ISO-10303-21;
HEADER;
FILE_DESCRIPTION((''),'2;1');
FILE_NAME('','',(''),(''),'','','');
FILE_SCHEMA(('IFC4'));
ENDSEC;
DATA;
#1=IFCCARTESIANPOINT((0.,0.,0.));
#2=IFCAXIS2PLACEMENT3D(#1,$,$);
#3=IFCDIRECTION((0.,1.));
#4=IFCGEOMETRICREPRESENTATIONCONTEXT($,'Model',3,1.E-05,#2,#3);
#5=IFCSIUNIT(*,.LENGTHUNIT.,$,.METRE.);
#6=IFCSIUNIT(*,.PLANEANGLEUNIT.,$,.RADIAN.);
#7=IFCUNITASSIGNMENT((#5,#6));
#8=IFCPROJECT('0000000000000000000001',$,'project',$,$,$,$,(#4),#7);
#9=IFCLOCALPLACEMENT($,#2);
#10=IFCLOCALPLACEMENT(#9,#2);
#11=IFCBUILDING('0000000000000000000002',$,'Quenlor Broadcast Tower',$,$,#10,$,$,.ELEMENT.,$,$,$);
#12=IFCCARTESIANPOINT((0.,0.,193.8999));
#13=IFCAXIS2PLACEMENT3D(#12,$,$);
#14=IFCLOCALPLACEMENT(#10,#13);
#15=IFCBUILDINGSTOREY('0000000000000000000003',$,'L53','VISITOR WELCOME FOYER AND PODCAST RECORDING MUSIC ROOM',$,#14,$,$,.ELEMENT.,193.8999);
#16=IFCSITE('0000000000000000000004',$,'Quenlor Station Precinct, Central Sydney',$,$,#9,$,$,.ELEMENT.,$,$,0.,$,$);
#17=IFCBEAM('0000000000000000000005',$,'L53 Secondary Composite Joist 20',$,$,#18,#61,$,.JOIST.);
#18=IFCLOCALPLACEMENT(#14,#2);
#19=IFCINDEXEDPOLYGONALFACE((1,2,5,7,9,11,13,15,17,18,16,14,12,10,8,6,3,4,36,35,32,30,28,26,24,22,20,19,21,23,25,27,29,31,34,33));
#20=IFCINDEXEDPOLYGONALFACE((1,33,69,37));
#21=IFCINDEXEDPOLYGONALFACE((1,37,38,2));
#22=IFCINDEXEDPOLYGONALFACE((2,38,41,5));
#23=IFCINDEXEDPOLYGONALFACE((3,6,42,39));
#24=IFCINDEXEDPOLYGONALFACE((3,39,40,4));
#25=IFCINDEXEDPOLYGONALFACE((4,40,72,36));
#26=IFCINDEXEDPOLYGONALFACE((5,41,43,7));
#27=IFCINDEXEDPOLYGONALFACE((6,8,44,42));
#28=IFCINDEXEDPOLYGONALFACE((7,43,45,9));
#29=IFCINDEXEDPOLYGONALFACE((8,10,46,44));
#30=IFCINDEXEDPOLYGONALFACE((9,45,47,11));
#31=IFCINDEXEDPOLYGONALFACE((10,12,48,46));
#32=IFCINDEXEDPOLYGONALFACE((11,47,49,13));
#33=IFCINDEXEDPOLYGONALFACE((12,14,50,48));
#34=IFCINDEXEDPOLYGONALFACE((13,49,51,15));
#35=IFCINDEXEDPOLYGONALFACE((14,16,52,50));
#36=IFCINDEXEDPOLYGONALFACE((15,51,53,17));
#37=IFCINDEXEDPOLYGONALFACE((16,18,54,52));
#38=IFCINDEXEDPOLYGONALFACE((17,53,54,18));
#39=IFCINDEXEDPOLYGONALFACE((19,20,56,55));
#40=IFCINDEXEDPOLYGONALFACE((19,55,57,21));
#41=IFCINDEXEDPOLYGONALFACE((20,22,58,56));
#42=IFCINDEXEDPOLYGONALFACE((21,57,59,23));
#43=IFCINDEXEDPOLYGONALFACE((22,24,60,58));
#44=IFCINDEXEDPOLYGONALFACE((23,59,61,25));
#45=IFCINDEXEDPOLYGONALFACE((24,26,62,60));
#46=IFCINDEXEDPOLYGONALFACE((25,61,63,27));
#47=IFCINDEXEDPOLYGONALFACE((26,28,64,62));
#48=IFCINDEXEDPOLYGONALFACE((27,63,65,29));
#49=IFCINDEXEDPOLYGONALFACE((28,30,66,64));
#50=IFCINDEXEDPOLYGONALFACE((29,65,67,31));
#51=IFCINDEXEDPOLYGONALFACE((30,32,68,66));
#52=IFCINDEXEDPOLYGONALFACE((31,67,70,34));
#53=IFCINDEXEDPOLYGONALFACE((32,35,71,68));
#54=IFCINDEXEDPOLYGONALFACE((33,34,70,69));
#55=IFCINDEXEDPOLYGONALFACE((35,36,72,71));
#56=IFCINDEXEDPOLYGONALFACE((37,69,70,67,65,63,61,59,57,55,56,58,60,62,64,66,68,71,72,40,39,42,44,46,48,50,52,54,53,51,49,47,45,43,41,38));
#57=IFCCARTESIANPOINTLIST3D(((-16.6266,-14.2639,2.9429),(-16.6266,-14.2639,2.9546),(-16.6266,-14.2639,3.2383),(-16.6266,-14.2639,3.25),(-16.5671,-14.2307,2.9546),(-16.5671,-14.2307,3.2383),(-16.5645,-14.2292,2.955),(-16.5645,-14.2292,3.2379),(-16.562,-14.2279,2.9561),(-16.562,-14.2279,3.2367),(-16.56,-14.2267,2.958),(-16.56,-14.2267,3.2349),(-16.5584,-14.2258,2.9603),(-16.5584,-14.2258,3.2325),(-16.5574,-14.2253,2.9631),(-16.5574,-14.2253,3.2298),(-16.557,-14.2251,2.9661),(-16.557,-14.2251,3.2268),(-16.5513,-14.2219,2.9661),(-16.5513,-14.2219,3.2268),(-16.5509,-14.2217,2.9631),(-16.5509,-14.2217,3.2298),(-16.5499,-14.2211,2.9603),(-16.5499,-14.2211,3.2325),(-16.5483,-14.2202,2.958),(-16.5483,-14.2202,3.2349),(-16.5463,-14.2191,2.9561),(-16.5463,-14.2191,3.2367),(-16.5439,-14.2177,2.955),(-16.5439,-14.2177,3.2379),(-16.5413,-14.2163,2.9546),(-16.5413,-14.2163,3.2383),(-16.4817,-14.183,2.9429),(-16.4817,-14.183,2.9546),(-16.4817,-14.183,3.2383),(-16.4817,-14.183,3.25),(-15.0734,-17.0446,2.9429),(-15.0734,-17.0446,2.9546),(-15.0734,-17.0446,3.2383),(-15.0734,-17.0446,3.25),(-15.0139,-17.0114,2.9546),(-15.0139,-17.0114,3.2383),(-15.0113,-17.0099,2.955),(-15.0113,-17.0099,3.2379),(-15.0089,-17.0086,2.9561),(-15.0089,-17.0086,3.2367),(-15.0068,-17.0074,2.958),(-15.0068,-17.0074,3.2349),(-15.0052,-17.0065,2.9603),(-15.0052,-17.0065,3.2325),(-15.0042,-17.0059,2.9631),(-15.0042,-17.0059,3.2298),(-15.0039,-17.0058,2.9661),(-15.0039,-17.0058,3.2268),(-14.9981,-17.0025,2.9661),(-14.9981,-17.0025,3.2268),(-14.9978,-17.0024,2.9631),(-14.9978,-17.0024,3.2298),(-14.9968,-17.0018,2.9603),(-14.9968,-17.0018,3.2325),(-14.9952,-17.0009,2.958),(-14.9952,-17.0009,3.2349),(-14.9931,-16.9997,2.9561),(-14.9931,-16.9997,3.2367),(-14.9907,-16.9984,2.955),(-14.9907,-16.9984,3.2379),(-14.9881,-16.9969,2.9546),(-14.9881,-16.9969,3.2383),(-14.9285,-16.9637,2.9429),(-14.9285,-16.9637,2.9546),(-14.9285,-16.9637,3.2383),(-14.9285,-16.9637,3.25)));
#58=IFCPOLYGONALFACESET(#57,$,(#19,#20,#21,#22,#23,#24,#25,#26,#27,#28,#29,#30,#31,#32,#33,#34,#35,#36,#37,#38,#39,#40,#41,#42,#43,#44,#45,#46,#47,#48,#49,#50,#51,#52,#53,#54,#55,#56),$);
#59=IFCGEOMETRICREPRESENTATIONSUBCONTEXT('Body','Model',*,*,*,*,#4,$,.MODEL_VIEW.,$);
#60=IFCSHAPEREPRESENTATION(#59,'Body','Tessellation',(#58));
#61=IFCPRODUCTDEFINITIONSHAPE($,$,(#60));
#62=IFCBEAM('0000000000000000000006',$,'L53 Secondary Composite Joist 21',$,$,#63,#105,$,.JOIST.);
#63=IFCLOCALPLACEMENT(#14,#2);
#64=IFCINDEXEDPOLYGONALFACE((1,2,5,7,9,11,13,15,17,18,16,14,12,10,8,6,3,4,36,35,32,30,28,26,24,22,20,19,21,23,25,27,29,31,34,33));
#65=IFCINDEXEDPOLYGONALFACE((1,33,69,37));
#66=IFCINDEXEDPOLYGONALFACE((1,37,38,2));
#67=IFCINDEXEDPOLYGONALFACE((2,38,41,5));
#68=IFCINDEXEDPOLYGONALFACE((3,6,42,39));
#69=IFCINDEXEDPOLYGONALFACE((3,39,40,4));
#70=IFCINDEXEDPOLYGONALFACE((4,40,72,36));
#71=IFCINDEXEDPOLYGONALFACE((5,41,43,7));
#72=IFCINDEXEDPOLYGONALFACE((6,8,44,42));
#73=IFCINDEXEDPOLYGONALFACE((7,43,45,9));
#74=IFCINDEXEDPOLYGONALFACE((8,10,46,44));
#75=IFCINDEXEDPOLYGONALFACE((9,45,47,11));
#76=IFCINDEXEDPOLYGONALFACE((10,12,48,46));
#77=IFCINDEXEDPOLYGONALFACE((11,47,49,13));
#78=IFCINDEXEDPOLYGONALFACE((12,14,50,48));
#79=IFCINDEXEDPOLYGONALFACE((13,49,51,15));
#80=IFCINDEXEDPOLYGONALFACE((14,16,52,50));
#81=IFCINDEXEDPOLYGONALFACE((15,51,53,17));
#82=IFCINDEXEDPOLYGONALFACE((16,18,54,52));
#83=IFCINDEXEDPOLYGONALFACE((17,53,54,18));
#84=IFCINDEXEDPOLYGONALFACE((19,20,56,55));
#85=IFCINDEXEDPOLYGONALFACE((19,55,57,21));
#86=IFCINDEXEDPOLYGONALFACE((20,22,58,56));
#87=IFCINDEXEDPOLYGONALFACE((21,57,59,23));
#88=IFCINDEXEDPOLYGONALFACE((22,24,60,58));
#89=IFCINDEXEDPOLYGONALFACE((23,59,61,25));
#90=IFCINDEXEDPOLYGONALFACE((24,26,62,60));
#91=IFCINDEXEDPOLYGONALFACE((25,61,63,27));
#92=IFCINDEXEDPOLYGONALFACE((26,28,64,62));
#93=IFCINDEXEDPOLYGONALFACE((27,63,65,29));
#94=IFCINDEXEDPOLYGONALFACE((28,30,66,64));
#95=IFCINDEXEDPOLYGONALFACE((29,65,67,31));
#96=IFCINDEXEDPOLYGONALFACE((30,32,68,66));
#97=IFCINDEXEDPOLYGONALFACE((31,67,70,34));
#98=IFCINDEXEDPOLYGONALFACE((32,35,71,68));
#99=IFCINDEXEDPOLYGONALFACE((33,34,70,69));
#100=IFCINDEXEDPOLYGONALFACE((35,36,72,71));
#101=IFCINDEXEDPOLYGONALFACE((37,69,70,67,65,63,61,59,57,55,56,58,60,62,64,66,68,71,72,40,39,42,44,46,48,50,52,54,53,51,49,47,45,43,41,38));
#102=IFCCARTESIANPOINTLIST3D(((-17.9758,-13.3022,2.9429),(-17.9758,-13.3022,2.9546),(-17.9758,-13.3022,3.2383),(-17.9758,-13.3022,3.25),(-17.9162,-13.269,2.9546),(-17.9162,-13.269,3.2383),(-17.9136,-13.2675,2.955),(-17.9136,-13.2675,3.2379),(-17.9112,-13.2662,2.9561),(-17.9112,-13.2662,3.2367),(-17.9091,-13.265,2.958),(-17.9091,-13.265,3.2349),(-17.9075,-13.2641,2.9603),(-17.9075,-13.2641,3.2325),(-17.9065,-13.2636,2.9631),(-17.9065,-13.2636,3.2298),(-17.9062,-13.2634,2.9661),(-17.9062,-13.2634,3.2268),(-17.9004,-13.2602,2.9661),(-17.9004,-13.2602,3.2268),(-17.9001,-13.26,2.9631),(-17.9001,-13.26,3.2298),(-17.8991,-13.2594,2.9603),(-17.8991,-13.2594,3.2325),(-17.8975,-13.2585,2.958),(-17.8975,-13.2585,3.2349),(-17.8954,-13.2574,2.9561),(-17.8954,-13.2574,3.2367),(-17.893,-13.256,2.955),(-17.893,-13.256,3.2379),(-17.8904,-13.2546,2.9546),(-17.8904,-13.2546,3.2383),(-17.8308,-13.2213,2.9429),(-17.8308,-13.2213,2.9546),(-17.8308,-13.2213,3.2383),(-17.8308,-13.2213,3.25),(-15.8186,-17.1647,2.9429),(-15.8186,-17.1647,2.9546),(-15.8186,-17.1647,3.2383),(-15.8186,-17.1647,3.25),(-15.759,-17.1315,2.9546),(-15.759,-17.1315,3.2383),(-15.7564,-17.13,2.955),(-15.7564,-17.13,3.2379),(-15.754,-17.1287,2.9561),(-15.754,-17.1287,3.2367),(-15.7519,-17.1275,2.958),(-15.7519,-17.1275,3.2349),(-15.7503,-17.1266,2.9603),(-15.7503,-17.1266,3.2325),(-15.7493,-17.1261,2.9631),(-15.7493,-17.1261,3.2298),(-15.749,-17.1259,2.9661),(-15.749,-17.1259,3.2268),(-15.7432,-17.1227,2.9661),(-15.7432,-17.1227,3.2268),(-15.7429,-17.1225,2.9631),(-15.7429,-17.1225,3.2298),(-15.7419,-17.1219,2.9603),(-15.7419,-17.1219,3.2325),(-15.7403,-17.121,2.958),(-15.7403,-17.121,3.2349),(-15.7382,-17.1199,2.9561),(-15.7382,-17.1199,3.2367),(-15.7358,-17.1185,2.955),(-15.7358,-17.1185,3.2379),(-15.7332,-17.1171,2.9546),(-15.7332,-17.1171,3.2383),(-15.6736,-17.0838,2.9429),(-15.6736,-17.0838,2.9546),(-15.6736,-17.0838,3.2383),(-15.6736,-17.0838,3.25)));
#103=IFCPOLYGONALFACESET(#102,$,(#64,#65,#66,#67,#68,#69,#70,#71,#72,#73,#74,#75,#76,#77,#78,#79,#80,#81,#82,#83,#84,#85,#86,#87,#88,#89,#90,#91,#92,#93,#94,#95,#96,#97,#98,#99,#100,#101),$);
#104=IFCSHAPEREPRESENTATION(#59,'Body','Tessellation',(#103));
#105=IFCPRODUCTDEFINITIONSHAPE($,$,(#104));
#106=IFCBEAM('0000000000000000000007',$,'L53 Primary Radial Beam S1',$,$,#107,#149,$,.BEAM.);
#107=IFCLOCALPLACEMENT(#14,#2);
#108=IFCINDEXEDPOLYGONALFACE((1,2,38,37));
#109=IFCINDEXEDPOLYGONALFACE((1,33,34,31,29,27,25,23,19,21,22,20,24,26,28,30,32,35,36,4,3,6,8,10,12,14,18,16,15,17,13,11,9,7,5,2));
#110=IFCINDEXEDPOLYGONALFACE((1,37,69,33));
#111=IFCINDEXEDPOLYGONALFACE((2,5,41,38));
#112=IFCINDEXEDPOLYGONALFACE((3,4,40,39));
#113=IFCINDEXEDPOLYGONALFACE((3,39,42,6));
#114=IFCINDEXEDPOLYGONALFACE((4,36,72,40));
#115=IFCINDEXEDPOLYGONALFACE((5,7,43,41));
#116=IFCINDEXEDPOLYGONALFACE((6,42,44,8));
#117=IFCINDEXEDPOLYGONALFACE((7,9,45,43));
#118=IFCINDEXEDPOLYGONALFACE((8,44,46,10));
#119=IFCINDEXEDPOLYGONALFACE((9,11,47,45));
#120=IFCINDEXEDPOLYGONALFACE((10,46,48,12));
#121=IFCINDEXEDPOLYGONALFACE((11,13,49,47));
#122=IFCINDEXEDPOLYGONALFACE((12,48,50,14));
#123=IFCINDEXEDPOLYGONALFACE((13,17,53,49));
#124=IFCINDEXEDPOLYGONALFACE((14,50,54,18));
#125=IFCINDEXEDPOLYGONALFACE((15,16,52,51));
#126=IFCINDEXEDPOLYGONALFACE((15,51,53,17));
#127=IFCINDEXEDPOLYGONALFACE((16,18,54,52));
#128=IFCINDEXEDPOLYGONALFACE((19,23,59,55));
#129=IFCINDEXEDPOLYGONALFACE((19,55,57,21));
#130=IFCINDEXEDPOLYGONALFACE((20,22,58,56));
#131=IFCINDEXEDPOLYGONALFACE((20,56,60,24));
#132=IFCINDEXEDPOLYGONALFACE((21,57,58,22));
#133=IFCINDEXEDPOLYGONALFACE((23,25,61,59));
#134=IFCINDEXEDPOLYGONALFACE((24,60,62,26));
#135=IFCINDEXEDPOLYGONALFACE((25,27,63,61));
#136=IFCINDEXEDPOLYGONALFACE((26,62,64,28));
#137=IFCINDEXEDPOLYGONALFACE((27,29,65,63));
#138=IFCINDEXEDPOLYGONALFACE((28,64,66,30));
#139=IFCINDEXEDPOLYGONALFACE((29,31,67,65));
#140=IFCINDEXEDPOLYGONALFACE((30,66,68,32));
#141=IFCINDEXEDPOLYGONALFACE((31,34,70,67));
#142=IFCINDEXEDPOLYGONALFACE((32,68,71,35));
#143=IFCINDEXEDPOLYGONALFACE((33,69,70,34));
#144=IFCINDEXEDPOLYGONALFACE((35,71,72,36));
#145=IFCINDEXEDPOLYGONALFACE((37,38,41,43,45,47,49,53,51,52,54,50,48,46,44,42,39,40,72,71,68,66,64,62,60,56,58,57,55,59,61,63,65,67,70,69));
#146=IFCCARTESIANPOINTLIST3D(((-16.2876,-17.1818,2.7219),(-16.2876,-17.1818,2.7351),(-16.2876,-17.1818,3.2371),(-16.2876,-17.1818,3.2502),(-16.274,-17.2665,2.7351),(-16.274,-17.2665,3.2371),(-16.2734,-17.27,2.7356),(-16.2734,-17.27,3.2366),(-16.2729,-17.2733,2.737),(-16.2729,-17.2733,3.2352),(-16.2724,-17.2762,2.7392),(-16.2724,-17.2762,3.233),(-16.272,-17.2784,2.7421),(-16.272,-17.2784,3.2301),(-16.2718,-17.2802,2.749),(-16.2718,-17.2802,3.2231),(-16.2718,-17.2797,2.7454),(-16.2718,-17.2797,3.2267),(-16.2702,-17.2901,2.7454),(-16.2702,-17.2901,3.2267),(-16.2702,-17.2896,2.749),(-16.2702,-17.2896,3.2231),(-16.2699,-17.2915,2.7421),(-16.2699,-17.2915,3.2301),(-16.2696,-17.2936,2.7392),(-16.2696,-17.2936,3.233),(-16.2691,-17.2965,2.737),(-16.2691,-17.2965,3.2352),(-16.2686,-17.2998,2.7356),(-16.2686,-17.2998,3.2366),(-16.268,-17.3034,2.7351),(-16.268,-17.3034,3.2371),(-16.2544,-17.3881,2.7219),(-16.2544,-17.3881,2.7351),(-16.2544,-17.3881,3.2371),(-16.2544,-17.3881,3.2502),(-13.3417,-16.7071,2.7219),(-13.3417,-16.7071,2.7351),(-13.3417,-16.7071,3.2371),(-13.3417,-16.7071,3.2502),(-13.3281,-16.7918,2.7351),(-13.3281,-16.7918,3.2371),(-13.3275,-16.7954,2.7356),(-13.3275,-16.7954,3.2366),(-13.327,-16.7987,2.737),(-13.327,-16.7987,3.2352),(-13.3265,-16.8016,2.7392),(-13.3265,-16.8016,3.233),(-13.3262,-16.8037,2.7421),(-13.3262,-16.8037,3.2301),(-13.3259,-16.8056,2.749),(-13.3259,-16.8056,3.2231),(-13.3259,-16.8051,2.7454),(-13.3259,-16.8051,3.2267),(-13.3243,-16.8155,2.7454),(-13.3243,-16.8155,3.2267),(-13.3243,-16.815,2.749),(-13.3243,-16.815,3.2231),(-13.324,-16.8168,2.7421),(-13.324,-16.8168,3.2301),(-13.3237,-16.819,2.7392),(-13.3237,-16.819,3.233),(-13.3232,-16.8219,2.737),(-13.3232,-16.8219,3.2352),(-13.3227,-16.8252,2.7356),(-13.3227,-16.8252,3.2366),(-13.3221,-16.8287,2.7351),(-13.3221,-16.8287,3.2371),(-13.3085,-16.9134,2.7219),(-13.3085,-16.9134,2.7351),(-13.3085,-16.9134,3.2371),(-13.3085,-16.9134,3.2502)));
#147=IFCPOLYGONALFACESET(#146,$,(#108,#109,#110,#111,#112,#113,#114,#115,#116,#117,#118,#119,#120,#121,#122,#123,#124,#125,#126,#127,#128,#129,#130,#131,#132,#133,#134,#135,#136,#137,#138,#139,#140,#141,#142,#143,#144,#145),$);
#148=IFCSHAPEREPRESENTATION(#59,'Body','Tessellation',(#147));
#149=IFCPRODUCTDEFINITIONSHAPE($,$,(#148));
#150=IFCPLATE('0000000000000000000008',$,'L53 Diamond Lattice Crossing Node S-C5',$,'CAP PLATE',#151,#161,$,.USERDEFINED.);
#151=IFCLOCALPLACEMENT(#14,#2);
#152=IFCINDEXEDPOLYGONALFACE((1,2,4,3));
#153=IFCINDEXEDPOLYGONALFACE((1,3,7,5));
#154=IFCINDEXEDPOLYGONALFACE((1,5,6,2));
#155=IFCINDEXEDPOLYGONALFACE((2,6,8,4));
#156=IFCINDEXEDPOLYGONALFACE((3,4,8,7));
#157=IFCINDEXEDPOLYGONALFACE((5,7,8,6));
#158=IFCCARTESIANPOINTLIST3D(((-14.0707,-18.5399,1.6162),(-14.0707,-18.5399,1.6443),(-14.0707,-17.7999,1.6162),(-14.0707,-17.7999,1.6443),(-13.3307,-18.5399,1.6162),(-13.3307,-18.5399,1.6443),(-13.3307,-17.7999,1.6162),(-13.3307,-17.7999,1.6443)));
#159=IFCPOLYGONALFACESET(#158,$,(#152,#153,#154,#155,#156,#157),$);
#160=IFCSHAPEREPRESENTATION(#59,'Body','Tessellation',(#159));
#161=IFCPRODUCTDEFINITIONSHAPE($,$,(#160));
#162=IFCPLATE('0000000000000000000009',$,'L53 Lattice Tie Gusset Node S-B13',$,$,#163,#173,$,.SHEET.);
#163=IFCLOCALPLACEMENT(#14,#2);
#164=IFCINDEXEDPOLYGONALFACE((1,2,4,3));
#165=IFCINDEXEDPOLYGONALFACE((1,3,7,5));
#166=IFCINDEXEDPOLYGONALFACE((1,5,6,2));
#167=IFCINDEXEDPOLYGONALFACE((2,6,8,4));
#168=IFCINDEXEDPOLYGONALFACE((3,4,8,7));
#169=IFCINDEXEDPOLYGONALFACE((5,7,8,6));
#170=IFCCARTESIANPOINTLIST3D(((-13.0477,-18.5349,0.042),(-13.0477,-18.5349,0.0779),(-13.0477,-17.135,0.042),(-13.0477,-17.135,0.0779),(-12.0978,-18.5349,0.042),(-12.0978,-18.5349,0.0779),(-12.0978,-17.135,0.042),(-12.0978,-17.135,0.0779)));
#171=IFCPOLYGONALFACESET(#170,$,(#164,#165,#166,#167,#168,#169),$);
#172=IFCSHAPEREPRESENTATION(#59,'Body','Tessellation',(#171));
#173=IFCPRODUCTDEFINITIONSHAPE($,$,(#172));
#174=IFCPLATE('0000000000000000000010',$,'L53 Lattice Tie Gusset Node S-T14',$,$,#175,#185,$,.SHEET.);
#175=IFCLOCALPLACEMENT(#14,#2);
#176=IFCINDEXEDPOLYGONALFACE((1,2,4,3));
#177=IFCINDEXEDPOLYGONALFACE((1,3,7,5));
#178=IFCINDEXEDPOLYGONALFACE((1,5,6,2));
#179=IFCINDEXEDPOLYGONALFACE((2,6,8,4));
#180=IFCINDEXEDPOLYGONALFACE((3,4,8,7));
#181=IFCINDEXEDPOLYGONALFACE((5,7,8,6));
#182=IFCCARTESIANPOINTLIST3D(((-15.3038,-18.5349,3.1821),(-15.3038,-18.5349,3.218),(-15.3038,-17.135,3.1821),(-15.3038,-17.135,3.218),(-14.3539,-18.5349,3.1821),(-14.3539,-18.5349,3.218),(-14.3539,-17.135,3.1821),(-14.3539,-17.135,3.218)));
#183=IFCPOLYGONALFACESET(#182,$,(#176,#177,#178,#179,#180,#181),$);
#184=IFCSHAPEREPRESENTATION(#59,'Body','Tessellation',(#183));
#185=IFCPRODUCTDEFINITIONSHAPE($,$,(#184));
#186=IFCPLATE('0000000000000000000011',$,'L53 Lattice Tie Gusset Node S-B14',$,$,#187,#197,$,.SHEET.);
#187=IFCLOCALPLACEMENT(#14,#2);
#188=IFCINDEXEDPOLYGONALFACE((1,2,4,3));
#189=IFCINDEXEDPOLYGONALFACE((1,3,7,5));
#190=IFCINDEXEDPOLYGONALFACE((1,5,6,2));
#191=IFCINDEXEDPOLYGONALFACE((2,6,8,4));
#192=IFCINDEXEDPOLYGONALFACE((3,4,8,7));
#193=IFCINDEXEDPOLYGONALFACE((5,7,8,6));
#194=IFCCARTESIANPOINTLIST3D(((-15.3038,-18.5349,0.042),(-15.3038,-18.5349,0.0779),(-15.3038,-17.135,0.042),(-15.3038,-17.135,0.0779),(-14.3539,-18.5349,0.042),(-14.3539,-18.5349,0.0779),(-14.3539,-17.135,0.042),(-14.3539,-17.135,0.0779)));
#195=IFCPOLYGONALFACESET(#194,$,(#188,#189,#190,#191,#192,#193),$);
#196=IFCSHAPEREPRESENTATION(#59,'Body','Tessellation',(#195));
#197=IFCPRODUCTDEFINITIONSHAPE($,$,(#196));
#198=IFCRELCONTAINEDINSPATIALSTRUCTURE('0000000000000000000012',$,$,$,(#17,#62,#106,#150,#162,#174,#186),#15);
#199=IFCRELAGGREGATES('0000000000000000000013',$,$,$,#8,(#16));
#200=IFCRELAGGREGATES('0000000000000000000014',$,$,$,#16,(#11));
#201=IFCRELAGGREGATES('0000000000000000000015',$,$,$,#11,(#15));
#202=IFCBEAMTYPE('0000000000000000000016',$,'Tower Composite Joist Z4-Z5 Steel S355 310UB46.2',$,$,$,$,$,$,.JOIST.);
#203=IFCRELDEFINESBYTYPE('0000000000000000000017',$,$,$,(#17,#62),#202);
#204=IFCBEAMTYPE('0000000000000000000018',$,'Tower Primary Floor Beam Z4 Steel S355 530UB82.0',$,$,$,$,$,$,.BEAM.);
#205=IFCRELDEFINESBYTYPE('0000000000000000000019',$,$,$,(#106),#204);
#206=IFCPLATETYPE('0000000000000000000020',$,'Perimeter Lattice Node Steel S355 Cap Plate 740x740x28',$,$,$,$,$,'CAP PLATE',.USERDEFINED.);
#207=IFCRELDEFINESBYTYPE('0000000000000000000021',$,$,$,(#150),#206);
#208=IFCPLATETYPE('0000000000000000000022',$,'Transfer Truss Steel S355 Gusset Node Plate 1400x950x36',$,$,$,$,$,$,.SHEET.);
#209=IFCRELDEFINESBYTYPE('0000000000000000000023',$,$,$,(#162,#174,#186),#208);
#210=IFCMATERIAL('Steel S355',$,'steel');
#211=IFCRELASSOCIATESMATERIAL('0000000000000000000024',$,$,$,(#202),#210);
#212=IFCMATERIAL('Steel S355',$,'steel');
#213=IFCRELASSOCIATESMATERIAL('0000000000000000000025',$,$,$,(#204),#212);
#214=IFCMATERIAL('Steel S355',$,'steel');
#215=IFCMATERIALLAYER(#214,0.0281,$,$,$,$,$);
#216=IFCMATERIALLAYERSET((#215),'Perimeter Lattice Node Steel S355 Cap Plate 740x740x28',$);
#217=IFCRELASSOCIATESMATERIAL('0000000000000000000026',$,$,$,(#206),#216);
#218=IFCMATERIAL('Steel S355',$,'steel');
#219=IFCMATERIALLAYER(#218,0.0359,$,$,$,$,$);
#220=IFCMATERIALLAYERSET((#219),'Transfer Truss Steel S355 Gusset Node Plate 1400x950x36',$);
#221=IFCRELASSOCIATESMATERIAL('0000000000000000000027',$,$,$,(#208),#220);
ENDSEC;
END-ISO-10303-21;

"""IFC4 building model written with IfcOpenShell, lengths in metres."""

from ifc_helpers import new_model, si_unit, direction, frame, origin, origin_2d, place, context, subcontext, project, spatial, rectangle, i_section, extrude, material, layer, layer_set, material_profile, profile_set, type_object, element, save


model = new_model("IFC4")

# Units and contexts
model_context = context("Model", 3, precision=1e-05, world=origin(), true_north=direction((0.0, 1.0)))
body_context = subcontext(model_context, "Body", "Model", "MODEL_VIEW")
ifc_project = project(units=[si_unit("LENGTHUNIT", "METRE"), si_unit("PLANEANGLEUNIT", "RADIAN")], contexts=[model_context])

# Site, building, storey
site_placement = place(None, origin())
site = spatial("IfcSite", under=ifc_project, at=site_placement, Name="Quenlor Station Precinct, Central Sydney", CompositionType="ELEMENT", RefElevation=0.0)
building_placement = place(site_placement, origin())
building = spatial("IfcBuilding", under=site, at=building_placement, Name="Quenlor Broadcast Tower", CompositionType="ELEMENT")
storey_placement = place(building_placement, frame((0.0, 0.0, 193.8999)))
storey = spatial("IfcBuildingStorey", under=building, at=storey_placement, Name="L53", Description="VISITOR WELCOME FOYER AND PODCAST RECORDING MUSIC ROOM", CompositionType="ELEMENT", Elevation=193.8999)

# Beams
ifc_material_1 = material(Name="Steel S355", Category="steel")
ifc_material_profile_1 = material_profile(ifc_material_1, i_section(OverallWidth=0.166, OverallDepth=0.3071, WebThickness=0.0066, FlangeThickness=0.0117, FilletRadius=0.0115, at=origin_2d()))
ifc_profile_set_1 = profile_set([ifc_material_profile_1], Name="Steel S355 310UB46.2")
beam_type_1 = type_object("IfcBeamType", Name="Tower Composite Joist Z4-Z5 Steel S355 310UB46.2", PredefinedType="JOIST", material=ifc_profile_set_1)
beam_1_placement = place(storey_placement, frame((-15.001, -17.0042, 3.0964), z_axis=(-0.487646, 0.873041, 0.0), x_axis=(-0.873041, -0.487646, 0.0)))
element("IfcBeam", 1, at=beam_1_placement, inside=storey, type_object=beam_type_1, Name="L53 Secondary Composite Joist 20", PredefinedType="JOIST", context=body_context, shape_type="SweptSolid", body=[
    extrude(i_section(OverallWidth=0.166, OverallDepth=0.3071, WebThickness=0.0066, FlangeThickness=0.0117, FilletRadius=0.0115, at=origin_2d()), origin(), (0.0, 0.0, 1.0), 3.1851),
])
beam_2_placement = place(storey_placement, frame((-15.7461, -17.1243, 3.0964), z_axis=(-0.487605, 0.873064, 0.0), x_axis=(-0.873064, -0.487605, 0.0)))
element("IfcBeam", 2, at=beam_2_placement, inside=storey, type_object=beam_type_1, Name="L53 Secondary Composite Joist 21", PredefinedType="JOIST", context=body_context, shape_type="SweptSolid", body=[
    extrude(i_section(OverallWidth=0.166, OverallDepth=0.3071, WebThickness=0.0066, FlangeThickness=0.0117, FilletRadius=0.0115, at=origin_2d()), origin(), (0.0, 0.0, 1.0), 4.4241),
])
ifc_material_2 = material(Name="Steel S355", Category="steel")
ifc_material_profile_2 = material_profile(ifc_material_2, i_section(OverallWidth=0.209, OverallDepth=0.5283, WebThickness=0.0095, FlangeThickness=0.0132, FilletRadius=0.0139, at=origin_2d()))
ifc_profile_set_2 = profile_set([ifc_material_profile_2], Name="Steel S355 530UB82.0")
beam_type_2 = type_object("IfcBeamType", Name="Tower Primary Floor Beam Z4 Steel S355 530UB82.0", PredefinedType="BEAM", material=ifc_profile_set_2)
beam_3_placement = place(storey_placement, frame((-16.271, -17.2849, 2.9861), z_axis=(0.987268, 0.159063, 0.0), x_axis=(-0.159063, 0.987268, 0.0)))
element("IfcBeam", 3, at=beam_3_placement, inside=storey, type_object=beam_type_2, Name="L53 Primary Radial Beam S1", PredefinedType="BEAM", context=body_context, shape_type="SweptSolid", body=[
    extrude(i_section(OverallWidth=0.209, OverallDepth=0.5283, WebThickness=0.0095, FlangeThickness=0.0132, FilletRadius=0.0139, at=origin_2d()), origin(), (0.0, 0.0, 1.0), 2.9839),
])

# Plates
ifc_material_3 = material(Name="Steel S355", Category="steel")
ifc_layer_1 = layer(ifc_material_3, 0.0281)
ifc_layer_set_1 = layer_set([ifc_layer_1], Name="Perimeter Lattice Node Steel S355 Cap Plate 740x740x28")
plate_type_1 = type_object("IfcPlateType", Name="Perimeter Lattice Node Steel S355 Cap Plate 740x740x28", ElementType="CAP PLATE", PredefinedType="USERDEFINED", material=ifc_layer_set_1)
plate_placement = place(storey_placement, frame((-13.7007, -18.1699, 1.6162), z_axis=(0.0, 0.0, 1.0), x_axis=(-1.0, 0.0, 0.0)))
element("IfcPlate", 4, at=plate_placement, inside=storey, type_object=plate_type_1, Name="L53 Diamond Lattice Crossing Node S-C5", ObjectType="CAP PLATE", PredefinedType="USERDEFINED", context=body_context, shape_type="SweptSolid", body=[
    extrude(rectangle(XDim=0.74, YDim=0.74, at=origin_2d()), origin(), (0.0, 0.0, 1.0), 0.0281),
])
ifc_material_4 = material(Name="Steel S355", Category="steel")
ifc_layer_2 = layer(ifc_material_4, 0.0359)
ifc_layer_set_2 = layer_set([ifc_layer_2], Name="Transfer Truss Steel S355 Gusset Node Plate 1400x950x36")
plate_type_2 = type_object("IfcPlateType", Name="Transfer Truss Steel S355 Gusset Node Plate 1400x950x36", PredefinedType="SHEET", material=ifc_layer_set_2)
for number, where, z_axis, x_axis, name in (
    (5, (-12.5728, -17.835, 0.042), (0.0, 0.0, 1.0), (0.0, -1.0, 0.0), "L53 Lattice Tie Gusset Node S-B13"),
    (6, (-14.8289, -17.835, 3.1821), (0.0, 0.0, 1.0), (0.0, -1.0, 0.0), "L53 Lattice Tie Gusset Node S-T14"),
    (7, (-14.8289, -17.835, 0.042), (0.0, 0.0, 1.0), (0.0, -1.0, 0.0), "L53 Lattice Tie Gusset Node S-B14"),
):
    element("IfcPlate", number, at=place(storey_placement, frame(where, z_axis=z_axis, x_axis=x_axis)), inside=storey, type_object=plate_type_2, Name=name, PredefinedType="SHEET", context=body_context, shape_type="SweptSolid", body=[
        extrude(rectangle(XDim=1.3999, YDim=0.95, at=origin_2d()), origin(), (0.0, 0.0, 1.0), 0.0359),
    ])

save(model, "model.ifc")
